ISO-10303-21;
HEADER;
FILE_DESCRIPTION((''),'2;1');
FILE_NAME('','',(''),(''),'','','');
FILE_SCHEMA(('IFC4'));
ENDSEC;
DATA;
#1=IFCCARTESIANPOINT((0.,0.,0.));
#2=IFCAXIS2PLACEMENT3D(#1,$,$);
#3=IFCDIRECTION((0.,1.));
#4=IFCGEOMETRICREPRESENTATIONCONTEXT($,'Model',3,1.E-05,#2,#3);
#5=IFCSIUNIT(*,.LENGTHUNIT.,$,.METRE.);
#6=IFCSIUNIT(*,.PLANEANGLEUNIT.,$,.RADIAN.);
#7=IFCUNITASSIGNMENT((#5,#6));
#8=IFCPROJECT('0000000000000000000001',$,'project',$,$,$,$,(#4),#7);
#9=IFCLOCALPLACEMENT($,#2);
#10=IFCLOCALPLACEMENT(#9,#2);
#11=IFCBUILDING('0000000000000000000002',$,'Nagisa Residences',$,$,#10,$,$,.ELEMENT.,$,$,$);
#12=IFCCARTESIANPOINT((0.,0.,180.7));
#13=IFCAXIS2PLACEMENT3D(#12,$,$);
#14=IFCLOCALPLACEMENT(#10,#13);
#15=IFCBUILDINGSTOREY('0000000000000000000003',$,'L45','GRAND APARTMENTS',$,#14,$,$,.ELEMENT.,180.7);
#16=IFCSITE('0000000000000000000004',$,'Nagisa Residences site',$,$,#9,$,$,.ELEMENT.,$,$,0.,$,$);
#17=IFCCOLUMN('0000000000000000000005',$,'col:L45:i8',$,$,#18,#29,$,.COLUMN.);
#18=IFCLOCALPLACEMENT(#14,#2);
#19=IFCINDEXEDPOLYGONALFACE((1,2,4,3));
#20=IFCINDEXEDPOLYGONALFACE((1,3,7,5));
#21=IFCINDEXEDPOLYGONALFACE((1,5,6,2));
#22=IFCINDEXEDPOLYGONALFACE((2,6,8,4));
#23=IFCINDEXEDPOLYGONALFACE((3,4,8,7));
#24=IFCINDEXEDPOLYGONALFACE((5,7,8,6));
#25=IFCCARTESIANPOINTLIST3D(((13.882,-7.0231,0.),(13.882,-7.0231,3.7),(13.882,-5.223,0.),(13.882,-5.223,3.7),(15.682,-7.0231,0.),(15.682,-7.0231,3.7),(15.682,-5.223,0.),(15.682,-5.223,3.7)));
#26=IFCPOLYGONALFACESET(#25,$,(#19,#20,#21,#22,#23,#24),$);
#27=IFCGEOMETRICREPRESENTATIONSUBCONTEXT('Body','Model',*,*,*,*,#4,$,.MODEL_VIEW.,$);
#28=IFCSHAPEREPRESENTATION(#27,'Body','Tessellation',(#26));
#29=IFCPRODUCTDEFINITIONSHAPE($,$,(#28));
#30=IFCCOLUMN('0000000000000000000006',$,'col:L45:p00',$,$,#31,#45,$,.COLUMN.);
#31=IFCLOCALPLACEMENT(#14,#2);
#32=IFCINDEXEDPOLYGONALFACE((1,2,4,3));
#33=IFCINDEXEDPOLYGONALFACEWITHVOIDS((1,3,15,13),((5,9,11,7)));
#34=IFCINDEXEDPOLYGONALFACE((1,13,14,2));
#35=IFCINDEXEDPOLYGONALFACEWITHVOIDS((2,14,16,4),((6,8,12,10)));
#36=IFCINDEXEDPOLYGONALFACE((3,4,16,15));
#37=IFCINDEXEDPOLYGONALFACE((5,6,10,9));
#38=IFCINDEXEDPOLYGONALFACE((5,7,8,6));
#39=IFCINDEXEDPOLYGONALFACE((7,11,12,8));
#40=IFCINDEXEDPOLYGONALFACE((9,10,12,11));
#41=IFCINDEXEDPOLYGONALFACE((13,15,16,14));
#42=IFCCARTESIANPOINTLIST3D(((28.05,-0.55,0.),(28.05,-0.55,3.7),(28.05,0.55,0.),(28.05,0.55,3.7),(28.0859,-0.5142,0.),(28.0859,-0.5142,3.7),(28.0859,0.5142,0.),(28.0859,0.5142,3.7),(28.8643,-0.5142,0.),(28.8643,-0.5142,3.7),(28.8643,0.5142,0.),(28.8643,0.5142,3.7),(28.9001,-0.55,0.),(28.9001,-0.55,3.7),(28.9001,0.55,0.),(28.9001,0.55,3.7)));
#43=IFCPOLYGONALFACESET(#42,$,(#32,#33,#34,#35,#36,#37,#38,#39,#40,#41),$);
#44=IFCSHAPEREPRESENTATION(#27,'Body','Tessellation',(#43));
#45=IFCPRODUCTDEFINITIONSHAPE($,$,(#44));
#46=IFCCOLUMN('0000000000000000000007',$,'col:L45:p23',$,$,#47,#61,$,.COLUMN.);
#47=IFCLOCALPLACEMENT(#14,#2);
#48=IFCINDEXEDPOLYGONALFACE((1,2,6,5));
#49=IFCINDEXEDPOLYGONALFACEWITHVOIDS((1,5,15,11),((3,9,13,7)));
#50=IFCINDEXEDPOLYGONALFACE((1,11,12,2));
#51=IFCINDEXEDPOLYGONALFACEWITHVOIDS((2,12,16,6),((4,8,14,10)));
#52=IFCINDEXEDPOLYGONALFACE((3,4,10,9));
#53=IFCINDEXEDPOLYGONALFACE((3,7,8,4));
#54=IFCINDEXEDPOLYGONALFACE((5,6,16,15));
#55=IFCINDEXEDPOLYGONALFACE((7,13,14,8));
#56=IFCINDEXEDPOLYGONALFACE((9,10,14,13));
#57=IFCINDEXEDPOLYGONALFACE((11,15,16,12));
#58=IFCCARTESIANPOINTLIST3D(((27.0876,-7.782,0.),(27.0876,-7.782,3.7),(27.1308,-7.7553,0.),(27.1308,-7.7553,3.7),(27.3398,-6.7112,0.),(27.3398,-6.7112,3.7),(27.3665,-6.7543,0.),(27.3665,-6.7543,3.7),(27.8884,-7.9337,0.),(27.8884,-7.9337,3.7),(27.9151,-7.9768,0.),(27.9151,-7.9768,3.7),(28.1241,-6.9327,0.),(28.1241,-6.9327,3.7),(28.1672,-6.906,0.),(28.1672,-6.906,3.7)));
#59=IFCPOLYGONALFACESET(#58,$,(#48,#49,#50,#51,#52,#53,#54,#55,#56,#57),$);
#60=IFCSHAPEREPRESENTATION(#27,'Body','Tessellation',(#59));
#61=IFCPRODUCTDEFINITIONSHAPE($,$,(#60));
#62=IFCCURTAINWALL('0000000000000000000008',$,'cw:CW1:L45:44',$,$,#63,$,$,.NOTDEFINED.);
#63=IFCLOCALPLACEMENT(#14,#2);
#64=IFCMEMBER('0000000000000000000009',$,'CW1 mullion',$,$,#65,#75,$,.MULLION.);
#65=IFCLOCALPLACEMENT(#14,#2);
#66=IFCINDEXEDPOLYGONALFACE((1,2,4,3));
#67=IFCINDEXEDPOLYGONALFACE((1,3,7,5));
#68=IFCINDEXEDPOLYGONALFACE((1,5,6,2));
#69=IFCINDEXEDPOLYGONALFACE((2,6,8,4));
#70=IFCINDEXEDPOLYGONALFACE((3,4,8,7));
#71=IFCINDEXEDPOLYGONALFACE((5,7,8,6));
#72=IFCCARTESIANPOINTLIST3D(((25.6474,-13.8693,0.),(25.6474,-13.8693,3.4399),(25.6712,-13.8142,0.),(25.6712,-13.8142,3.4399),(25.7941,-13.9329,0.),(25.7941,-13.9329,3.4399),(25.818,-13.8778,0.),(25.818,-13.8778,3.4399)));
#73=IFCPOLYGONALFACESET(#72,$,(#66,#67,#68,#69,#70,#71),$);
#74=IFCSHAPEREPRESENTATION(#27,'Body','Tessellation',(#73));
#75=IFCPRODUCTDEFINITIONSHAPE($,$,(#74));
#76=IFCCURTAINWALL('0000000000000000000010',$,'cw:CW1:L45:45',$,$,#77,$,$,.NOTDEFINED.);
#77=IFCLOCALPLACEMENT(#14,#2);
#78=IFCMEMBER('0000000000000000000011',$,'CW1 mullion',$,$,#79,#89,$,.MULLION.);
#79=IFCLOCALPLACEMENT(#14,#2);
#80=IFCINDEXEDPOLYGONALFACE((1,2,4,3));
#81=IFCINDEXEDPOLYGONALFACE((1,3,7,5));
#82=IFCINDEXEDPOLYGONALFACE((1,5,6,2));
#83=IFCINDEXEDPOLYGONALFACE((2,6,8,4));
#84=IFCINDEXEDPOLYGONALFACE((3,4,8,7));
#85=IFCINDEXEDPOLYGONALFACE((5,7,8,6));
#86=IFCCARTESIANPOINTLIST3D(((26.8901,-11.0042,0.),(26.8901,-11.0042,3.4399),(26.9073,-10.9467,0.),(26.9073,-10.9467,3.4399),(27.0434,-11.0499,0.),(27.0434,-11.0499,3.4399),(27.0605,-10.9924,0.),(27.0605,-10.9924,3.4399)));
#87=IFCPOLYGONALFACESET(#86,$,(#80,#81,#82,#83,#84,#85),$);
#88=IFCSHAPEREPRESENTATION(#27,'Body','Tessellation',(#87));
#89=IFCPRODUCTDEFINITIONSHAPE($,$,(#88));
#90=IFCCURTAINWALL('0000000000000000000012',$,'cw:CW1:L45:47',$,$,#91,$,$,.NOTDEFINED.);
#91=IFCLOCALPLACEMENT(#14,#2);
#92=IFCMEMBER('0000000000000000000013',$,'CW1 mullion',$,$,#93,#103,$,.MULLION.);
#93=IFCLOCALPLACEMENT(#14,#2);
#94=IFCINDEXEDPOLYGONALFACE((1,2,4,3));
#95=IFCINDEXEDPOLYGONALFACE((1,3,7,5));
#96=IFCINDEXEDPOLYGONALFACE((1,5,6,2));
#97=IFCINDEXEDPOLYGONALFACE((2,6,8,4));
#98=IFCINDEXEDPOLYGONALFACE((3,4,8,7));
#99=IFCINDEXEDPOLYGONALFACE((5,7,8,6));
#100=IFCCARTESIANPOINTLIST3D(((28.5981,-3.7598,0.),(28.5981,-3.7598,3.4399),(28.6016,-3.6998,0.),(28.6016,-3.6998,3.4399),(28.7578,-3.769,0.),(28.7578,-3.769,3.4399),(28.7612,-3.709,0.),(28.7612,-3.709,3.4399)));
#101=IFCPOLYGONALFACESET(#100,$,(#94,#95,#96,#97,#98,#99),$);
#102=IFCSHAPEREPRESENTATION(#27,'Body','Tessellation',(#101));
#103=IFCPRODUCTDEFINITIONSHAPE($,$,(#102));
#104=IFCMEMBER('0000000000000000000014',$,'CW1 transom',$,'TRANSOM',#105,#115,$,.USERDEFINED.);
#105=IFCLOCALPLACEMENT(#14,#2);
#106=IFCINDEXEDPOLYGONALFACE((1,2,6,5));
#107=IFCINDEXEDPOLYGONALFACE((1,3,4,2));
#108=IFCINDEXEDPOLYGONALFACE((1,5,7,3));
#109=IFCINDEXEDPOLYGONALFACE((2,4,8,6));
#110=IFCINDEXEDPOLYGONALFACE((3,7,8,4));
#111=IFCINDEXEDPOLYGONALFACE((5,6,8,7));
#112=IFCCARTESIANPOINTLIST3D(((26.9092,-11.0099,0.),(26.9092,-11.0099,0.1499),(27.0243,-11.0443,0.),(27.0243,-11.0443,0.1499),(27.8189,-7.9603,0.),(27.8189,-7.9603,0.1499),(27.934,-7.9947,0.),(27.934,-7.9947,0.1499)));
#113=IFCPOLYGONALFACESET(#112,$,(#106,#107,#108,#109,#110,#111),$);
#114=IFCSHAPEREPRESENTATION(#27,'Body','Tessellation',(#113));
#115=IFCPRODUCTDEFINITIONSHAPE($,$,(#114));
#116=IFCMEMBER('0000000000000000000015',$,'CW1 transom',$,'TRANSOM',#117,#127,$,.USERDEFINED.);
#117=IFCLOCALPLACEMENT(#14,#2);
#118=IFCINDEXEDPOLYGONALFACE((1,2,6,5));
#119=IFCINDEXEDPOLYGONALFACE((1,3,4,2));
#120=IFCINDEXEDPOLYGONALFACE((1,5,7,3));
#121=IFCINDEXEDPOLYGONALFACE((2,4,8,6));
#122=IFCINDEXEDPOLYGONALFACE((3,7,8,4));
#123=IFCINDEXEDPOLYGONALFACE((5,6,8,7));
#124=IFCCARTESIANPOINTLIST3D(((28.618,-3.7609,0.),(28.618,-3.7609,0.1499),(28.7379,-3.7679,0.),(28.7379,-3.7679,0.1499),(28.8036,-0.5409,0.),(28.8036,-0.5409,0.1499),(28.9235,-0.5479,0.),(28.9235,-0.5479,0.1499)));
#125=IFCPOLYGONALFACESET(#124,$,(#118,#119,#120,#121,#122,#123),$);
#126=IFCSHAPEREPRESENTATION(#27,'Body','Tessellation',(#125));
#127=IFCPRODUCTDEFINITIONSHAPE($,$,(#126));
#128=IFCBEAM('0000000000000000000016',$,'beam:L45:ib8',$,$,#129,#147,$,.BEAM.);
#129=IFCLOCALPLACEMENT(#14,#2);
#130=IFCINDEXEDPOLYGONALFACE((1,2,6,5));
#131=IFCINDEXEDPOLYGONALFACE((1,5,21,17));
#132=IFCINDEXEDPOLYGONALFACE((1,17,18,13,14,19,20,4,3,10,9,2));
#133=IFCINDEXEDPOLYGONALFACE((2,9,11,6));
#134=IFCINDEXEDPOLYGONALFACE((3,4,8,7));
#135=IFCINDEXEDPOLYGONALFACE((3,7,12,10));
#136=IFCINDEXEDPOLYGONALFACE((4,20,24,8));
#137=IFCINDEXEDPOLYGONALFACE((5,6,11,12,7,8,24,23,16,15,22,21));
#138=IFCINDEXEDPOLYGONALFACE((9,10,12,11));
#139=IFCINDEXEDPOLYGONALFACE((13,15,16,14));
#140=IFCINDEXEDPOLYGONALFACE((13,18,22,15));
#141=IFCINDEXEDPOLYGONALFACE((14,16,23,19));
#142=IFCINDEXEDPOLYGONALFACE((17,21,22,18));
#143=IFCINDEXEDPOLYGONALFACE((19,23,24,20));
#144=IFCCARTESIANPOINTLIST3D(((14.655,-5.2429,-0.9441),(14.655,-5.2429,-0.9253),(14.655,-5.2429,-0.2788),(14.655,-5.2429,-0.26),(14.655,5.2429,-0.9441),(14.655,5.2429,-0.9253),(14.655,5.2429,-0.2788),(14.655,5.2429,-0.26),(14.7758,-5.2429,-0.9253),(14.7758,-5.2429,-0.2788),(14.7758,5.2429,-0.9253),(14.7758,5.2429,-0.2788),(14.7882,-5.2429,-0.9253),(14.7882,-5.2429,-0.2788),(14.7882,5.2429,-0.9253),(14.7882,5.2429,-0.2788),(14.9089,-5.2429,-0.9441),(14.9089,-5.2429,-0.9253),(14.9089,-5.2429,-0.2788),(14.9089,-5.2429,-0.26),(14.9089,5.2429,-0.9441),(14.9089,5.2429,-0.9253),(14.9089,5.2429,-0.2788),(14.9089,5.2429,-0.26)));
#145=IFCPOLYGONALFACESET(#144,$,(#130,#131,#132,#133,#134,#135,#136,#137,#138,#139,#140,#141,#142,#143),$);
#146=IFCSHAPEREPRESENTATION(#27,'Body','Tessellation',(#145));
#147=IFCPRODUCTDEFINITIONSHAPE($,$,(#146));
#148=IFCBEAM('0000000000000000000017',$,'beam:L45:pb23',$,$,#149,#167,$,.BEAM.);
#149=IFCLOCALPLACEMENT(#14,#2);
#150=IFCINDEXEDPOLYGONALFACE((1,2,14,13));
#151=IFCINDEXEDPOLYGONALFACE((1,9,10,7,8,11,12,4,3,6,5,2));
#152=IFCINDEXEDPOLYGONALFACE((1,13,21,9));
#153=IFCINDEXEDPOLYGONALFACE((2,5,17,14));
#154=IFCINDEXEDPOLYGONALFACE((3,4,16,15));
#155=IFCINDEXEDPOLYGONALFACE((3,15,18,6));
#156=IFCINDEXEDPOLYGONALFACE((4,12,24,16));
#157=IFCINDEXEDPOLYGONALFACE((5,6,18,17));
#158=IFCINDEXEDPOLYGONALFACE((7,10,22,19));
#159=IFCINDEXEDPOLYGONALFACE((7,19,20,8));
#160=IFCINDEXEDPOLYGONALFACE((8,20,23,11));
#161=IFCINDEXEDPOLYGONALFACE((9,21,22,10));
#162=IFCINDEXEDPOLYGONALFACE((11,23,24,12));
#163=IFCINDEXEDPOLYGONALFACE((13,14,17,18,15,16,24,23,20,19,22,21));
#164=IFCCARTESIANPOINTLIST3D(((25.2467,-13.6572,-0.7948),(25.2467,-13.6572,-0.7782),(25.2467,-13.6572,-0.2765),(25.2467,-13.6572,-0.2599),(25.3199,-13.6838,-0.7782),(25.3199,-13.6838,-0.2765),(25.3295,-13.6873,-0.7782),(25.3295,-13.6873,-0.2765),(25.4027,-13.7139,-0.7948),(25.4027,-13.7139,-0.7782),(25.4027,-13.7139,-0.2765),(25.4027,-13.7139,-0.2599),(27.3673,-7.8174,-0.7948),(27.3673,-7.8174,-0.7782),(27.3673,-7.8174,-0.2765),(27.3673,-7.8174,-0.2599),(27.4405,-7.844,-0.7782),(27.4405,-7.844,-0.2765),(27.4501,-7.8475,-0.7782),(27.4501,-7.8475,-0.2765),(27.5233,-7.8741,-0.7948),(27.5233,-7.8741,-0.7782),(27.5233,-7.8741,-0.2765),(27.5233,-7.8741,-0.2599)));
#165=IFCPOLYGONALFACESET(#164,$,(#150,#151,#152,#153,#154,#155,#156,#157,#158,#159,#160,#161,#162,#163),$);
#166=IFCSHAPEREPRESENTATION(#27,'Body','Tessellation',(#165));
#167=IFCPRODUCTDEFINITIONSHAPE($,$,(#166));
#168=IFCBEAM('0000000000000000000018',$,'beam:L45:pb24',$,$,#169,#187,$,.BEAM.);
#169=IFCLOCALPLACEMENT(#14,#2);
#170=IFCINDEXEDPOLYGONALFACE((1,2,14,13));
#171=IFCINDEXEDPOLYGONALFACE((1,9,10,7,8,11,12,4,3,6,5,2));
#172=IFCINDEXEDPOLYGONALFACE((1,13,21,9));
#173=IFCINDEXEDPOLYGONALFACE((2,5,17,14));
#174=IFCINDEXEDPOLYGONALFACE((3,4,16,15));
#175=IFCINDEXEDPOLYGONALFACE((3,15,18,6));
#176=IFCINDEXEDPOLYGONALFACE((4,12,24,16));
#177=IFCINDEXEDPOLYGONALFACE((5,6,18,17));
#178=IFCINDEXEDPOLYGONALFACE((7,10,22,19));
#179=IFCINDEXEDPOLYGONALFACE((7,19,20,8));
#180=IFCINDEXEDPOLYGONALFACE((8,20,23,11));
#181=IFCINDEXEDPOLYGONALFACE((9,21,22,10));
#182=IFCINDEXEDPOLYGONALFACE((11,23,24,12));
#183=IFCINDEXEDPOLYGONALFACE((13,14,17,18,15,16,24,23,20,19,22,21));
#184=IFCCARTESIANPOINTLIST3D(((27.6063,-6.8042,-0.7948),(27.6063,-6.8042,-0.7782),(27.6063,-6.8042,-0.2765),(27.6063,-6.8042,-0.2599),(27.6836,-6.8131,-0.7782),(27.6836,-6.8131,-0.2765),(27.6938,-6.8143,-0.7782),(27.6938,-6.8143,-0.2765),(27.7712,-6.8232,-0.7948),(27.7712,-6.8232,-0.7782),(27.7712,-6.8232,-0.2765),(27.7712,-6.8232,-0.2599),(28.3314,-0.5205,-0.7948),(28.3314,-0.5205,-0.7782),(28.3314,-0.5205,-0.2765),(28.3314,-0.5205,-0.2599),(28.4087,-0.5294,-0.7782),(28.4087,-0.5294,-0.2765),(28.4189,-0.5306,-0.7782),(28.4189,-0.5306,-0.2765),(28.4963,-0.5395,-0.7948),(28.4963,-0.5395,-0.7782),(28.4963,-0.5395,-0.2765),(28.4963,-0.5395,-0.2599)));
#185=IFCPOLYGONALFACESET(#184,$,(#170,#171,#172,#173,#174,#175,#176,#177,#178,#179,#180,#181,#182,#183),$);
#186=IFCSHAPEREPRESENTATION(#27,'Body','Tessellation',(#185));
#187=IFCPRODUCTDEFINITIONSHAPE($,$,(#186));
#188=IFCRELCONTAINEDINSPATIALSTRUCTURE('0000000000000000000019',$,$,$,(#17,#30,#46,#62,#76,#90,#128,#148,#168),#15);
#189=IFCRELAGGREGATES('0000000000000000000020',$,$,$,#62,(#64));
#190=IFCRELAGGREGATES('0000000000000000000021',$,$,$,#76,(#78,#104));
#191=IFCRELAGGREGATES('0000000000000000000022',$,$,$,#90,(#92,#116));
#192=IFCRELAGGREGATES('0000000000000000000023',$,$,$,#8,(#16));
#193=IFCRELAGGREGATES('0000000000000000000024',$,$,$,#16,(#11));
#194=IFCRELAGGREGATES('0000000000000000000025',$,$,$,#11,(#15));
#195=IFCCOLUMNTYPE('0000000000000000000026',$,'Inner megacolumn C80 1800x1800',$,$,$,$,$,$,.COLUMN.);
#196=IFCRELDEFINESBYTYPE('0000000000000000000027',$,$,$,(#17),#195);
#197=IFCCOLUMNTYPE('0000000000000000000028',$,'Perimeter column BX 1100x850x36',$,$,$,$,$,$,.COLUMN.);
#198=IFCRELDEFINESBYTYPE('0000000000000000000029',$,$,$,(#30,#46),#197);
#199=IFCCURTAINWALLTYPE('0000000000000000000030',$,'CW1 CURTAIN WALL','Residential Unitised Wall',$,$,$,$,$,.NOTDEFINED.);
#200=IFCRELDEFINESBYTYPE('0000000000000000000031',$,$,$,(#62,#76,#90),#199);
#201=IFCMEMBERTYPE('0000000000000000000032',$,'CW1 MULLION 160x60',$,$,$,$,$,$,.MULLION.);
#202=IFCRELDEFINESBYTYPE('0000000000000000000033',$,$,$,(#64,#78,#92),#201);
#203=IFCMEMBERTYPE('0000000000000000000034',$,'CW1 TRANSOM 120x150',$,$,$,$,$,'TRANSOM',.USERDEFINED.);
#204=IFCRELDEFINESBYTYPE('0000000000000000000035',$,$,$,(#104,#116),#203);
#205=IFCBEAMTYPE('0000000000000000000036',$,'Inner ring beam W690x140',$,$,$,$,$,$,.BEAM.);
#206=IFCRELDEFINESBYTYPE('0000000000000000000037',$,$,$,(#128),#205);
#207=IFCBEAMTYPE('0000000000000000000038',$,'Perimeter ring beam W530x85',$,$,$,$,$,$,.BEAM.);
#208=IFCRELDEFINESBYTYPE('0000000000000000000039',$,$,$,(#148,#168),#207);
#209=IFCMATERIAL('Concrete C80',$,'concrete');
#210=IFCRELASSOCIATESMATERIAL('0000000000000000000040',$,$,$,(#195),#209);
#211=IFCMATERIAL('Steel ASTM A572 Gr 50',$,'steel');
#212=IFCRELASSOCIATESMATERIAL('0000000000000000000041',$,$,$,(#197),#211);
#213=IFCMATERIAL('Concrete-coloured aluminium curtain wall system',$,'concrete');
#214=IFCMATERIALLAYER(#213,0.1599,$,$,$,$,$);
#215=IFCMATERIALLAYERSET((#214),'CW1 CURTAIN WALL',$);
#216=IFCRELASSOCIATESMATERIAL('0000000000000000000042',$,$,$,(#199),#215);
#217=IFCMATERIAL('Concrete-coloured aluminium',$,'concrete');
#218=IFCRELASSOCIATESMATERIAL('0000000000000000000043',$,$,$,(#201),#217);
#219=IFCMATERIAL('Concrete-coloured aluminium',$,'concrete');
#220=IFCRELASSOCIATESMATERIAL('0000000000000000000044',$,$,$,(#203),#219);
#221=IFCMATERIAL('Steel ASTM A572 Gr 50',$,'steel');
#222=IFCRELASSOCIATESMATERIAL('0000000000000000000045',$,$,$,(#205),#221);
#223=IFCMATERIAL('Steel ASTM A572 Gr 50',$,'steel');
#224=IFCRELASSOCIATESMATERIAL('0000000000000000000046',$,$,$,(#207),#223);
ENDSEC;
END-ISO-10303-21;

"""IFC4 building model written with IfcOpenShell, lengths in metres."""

from ifc_helpers import new_model, si_unit, direction, frame, origin, origin_2d, place, context, subcontext, project, spatial, rectangle, hollow_rectangle, i_section, extrude, material, layer, layer_set, material_profile, profile_set, type_object, element, aggregate, save


model = new_model("IFC4")

# Units and contexts
model_context = context("Model", 3, precision=1e-05, world=origin(), true_north=direction((0.0, 1.0)))
body_context = subcontext(model_context, "Body", "Model", "MODEL_VIEW")
ifc_project = project(units=[si_unit("LENGTHUNIT", "METRE"), si_unit("PLANEANGLEUNIT", "RADIAN")], contexts=[model_context])

# Site, building, storey
site_placement = place(None, origin())
site = spatial("IfcSite", under=ifc_project, at=site_placement, Name="Nagisa Residences site", CompositionType="ELEMENT", RefElevation=0.0)
building_placement = place(site_placement, origin())
building = spatial("IfcBuilding", under=site, at=building_placement, Name="Nagisa Residences", CompositionType="ELEMENT")
storey_placement = place(building_placement, frame((0.0, 0.0, 180.7)))
storey = spatial("IfcBuildingStorey", under=building, at=storey_placement, Name="L45", Description="GRAND APARTMENTS", CompositionType="ELEMENT", Elevation=180.7)

# Columns
ifc_material_1 = material(Name="Concrete C80", Category="concrete")
ifc_material_profile_1 = material_profile(ifc_material_1, rectangle(XDim=1.8, YDim=1.8, at=origin_2d()), Name="C80 1800x1800")
ifc_profile_set_1 = profile_set([ifc_material_profile_1], Name="Concrete C80")
column_type_1 = type_object("IfcColumnType", Name="Inner megacolumn C80 1800x1800", PredefinedType="COLUMN", material=ifc_profile_set_1)
column_placement = place(storey_placement, frame((14.782, -6.123, 0.0), z_axis=(0.0, 0.0, 1.0), x_axis=(1.0, 0.0, 0.0)))
element("IfcColumn", 1, at=column_placement, inside=storey, type_object=column_type_1, Name="col:L45:i8", PredefinedType="COLUMN", context=body_context, shape_type="SweptSolid", body=[
    extrude(rectangle(XDim=1.8, YDim=1.8, at=origin_2d()), origin(), (0.0, 0.0, 1.0), 3.7),
])
ifc_material_2 = material(Name="Steel ASTM A572 Gr 50", Category="steel")
ifc_material_profile_2 = material_profile(ifc_material_2, hollow_rectangle(XDim=1.1001, YDim=0.8501, WallThickness=0.0359, at=origin_2d()), Name="BX 1100x850x36")
ifc_profile_set_2 = profile_set([ifc_material_profile_2], Name="Steel ASTM A572 Gr 50")
column_type_2 = type_object("IfcColumnType", Name="Perimeter column BX 1100x850x36", PredefinedType="COLUMN", material=ifc_profile_set_2)
for number, where, z_axis, x_axis, name in (
    (2, (28.4751, 0.0, 0.0), (0.0, 0.0, 1.0), (0.0, 1.0, 0.0), "col:L45:p00"),
    (3, (27.6274, -7.344, 0.0), (0.0, 0.0, 1.0), (0.229202, 0.973379, 0.0), "col:L45:p23"),
):
    element("IfcColumn", number, at=place(storey_placement, frame(where, z_axis=z_axis, x_axis=x_axis)), inside=storey, type_object=column_type_2, Name=name, PredefinedType="COLUMN", context=body_context, shape_type="SweptSolid", body=[
        extrude(hollow_rectangle(XDim=1.1001, YDim=0.8501, WallThickness=0.0359, at=origin_2d()), origin(), (0.0, 0.0, 1.0), 3.7),
    ])

# Curtain walls, members
ifc_material_3 = material(Name="Concrete-coloured aluminium curtain wall system", Category="concrete")
ifc_layer_1 = layer(ifc_material_3, 0.1599)
ifc_layer_set_1 = layer_set([ifc_layer_1], Name="CW1 CURTAIN WALL")
curtain_wall_type = type_object("IfcCurtainWallType", Name="CW1 CURTAIN WALL", Description="Residential Unitised Wall", PredefinedType="NOTDEFINED", material=ifc_layer_set_1)
curtain_wall_1_placement = place(storey_placement, origin())
curtain_wall_1 = element("IfcCurtainWall", 4, at=curtain_wall_1_placement, inside=storey, type_object=curtain_wall_type, Name="cw:CW1:L45:44", PredefinedType="NOTDEFINED")
ifc_material_4 = material(Name="Concrete-coloured aluminium", Category="concrete")
ifc_material_profile_3 = material_profile(ifc_material_4, rectangle(XDim=0.1599, YDim=0.0601, at=origin_2d()), Name="CW1 MULLION 160x60")
ifc_profile_set_3 = profile_set([ifc_material_profile_3], Name="Concrete-coloured aluminium")
member_type_1 = type_object("IfcMemberType", Name="CW1 MULLION 160x60", PredefinedType="MULLION", material=ifc_profile_set_3)
member_1_placement = place(storey_placement, frame((25.7327, -13.8735, 0.0), z_axis=(0.0, 0.0, 1.0), x_axis=(-0.917543, 0.397636, 0.0)))
member_1 = element("IfcMember", 5, at=member_1_placement, type_object=member_type_1, Name="CW1 mullion", PredefinedType="MULLION", context=body_context, shape_type="SweptSolid", body=[
    extrude(rectangle(XDim=0.1599, YDim=0.0601, at=origin_2d()), origin(), (0.0, 0.0, 1.0), 3.4399),
])
curtain_wall_2_placement = place(storey_placement, origin())
curtain_wall_2 = element("IfcCurtainWall", 6, at=curtain_wall_2_placement, inside=storey, type_object=curtain_wall_type, Name="cw:CW1:L45:45", PredefinedType="NOTDEFINED")
member_2_placement = place(storey_placement, frame((26.9753, -10.9983, 0.0), z_axis=(0.0, 0.0, 1.0), x_axis=(-0.958271, 0.28586, 0.0)))
member_2 = element("IfcMember", 7, at=member_2_placement, type_object=member_type_1, Name="CW1 mullion", PredefinedType="MULLION", context=body_context, shape_type="SweptSolid", body=[
    extrude(rectangle(XDim=0.1599, YDim=0.0601, at=origin_2d()), origin(), (0.0, 0.0, 1.0), 3.4399),
])
curtain_wall_3_placement = place(storey_placement, origin())
curtain_wall_3 = element("IfcCurtainWall", 8, at=curtain_wall_3_placement, inside=storey, type_object=curtain_wall_type, Name="cw:CW1:L45:47", PredefinedType="NOTDEFINED")
member_3_placement = place(storey_placement, frame((28.6797, -3.7344, 0.0), z_axis=(0.0, 0.0, 1.0), x_axis=(-0.998345, 0.057503, 0.0)))
member_3 = element("IfcMember", 9, at=member_3_placement, type_object=member_type_1, Name="CW1 mullion", PredefinedType="MULLION", context=body_context, shape_type="SweptSolid", body=[
    extrude(rectangle(XDim=0.1599, YDim=0.0601, at=origin_2d()), origin(), (0.0, 0.0, 1.0), 3.4399),
])

# Members
ifc_material_5 = material(Name="Concrete-coloured aluminium", Category="concrete")
ifc_material_profile_4 = material_profile(ifc_material_5, rectangle(XDim=0.1201, YDim=0.1499, at=origin_2d()), Name="CW1 TRANSOM 120x150")
ifc_profile_set_4 = profile_set([ifc_material_profile_4], Name="Concrete-coloured aluminium")
member_type_2 = type_object("IfcMemberType", Name="CW1 TRANSOM 120x150", ElementType="TRANSOM", PredefinedType="USERDEFINED", material=ifc_profile_set_4)
member_4_placement = place(storey_placement, frame((26.9668, -11.0271, 0.075), z_axis=(0.285848, 0.958275, 0.0), x_axis=(-0.958275, 0.285848, 0.0)))
member_4 = element("IfcMember", 10, at=member_4_placement, type_object=member_type_2, Name="CW1 transom", ObjectType="TRANSOM", PredefinedType="USERDEFINED", context=body_context, shape_type="SweptSolid", body=[
    extrude(rectangle(XDim=0.1201, YDim=0.1499, at=origin_2d()), origin(), (0.0, 0.0, 1.0), 3.1824),
])
member_5_placement = place(storey_placement, frame((28.678, -3.7644, 0.075), z_axis=(0.057528, 0.998344, 0.0), x_axis=(-0.998344, 0.057528, 0.0)))
member_5 = element("IfcMember", 11, at=member_5_placement, type_object=member_type_2, Name="CW1 transom", ObjectType="TRANSOM", PredefinedType="USERDEFINED", context=body_context, shape_type="SweptSolid", body=[
    extrude(rectangle(XDim=0.1201, YDim=0.1499, at=origin_2d()), origin(), (0.0, 0.0, 1.0), 3.2253),
])

# Beams
ifc_material_6 = material(Name="Steel ASTM A572 Gr 50", Category="steel")
ifc_material_profile_5 = material_profile(ifc_material_6, i_section(OverallWidth=0.2539, OverallDepth=0.6841, WebThickness=0.0125, FlangeThickness=0.0188, at=origin_2d()), Name="W690x140")
ifc_profile_set_5 = profile_set([ifc_material_profile_5], Name="Steel ASTM A572 Gr 50")
beam_type_1 = type_object("IfcBeamType", Name="Inner ring beam W690x140", PredefinedType="BEAM", material=ifc_profile_set_5)
beam_1_placement = place(storey_placement, frame((14.782, -5.2429, -0.6021), z_axis=(0.0, 1.0, 0.0), x_axis=(-1.0, 0.0, 0.0)))
element("IfcBeam", 12, at=beam_1_placement, inside=storey, type_object=beam_type_1, Name="beam:L45:ib8", PredefinedType="BEAM", context=body_context, shape_type="SweptSolid", body=[
    extrude(i_section(OverallWidth=0.2539, OverallDepth=0.6841, WebThickness=0.0125, FlangeThickness=0.0188, at=origin_2d()), origin(), (0.0, 0.0, 1.0), 10.4858),
])
ifc_material_7 = material(Name="Steel ASTM A572 Gr 50", Category="steel")
ifc_material_profile_6 = material_profile(ifc_material_7, i_section(OverallWidth=0.166, OverallDepth=0.5349, WebThickness=0.0103, FlangeThickness=0.0166, at=origin_2d()), Name="W530x85")
ifc_profile_set_6 = profile_set([ifc_material_profile_6], Name="Steel ASTM A572 Gr 50")
beam_type_2 = type_object("IfcBeamType", Name="Perimeter ring beam W530x85", PredefinedType="BEAM", material=ifc_profile_set_6)
beam_2_placement = place(storey_placement, frame((25.3247, -13.6855, -0.5273), z_axis=(0.34132, 0.939947, 0.0), x_axis=(-0.939947, 0.34132, 0.0)))
element("IfcBeam", 13, at=beam_2_placement, inside=storey, type_object=beam_type_2, Name="beam:L45:pb23", PredefinedType="BEAM", context=body_context, shape_type="SweptSolid", body=[
    extrude(i_section(OverallWidth=0.166, OverallDepth=0.5349, WebThickness=0.0103, FlangeThickness=0.0166, at=origin_2d()), origin(), (0.0, 0.0, 1.0), 6.2129),
])
beam_3_placement = place(storey_placement, frame((27.6887, -6.8137, -0.5273), z_axis=(0.114633, 0.993408, 0.0), x_axis=(-0.993408, 0.114633, 0.0)))
element("IfcBeam", 14, at=beam_3_placement, inside=storey, type_object=beam_type_2, Name="beam:L45:pb24", PredefinedType="BEAM", context=body_context, shape_type="SweptSolid", body=[
    extrude(i_section(OverallWidth=0.166, OverallDepth=0.5349, WebThickness=0.0103, FlangeThickness=0.0166, at=origin_2d()), origin(), (0.0, 0.0, 1.0), 6.3254),
])

aggregate(curtain_wall_1, [member_1])
aggregate(curtain_wall_2, [member_2, member_4])
aggregate(curtain_wall_3, [member_3, member_5])

save(model, "model.ifc")
